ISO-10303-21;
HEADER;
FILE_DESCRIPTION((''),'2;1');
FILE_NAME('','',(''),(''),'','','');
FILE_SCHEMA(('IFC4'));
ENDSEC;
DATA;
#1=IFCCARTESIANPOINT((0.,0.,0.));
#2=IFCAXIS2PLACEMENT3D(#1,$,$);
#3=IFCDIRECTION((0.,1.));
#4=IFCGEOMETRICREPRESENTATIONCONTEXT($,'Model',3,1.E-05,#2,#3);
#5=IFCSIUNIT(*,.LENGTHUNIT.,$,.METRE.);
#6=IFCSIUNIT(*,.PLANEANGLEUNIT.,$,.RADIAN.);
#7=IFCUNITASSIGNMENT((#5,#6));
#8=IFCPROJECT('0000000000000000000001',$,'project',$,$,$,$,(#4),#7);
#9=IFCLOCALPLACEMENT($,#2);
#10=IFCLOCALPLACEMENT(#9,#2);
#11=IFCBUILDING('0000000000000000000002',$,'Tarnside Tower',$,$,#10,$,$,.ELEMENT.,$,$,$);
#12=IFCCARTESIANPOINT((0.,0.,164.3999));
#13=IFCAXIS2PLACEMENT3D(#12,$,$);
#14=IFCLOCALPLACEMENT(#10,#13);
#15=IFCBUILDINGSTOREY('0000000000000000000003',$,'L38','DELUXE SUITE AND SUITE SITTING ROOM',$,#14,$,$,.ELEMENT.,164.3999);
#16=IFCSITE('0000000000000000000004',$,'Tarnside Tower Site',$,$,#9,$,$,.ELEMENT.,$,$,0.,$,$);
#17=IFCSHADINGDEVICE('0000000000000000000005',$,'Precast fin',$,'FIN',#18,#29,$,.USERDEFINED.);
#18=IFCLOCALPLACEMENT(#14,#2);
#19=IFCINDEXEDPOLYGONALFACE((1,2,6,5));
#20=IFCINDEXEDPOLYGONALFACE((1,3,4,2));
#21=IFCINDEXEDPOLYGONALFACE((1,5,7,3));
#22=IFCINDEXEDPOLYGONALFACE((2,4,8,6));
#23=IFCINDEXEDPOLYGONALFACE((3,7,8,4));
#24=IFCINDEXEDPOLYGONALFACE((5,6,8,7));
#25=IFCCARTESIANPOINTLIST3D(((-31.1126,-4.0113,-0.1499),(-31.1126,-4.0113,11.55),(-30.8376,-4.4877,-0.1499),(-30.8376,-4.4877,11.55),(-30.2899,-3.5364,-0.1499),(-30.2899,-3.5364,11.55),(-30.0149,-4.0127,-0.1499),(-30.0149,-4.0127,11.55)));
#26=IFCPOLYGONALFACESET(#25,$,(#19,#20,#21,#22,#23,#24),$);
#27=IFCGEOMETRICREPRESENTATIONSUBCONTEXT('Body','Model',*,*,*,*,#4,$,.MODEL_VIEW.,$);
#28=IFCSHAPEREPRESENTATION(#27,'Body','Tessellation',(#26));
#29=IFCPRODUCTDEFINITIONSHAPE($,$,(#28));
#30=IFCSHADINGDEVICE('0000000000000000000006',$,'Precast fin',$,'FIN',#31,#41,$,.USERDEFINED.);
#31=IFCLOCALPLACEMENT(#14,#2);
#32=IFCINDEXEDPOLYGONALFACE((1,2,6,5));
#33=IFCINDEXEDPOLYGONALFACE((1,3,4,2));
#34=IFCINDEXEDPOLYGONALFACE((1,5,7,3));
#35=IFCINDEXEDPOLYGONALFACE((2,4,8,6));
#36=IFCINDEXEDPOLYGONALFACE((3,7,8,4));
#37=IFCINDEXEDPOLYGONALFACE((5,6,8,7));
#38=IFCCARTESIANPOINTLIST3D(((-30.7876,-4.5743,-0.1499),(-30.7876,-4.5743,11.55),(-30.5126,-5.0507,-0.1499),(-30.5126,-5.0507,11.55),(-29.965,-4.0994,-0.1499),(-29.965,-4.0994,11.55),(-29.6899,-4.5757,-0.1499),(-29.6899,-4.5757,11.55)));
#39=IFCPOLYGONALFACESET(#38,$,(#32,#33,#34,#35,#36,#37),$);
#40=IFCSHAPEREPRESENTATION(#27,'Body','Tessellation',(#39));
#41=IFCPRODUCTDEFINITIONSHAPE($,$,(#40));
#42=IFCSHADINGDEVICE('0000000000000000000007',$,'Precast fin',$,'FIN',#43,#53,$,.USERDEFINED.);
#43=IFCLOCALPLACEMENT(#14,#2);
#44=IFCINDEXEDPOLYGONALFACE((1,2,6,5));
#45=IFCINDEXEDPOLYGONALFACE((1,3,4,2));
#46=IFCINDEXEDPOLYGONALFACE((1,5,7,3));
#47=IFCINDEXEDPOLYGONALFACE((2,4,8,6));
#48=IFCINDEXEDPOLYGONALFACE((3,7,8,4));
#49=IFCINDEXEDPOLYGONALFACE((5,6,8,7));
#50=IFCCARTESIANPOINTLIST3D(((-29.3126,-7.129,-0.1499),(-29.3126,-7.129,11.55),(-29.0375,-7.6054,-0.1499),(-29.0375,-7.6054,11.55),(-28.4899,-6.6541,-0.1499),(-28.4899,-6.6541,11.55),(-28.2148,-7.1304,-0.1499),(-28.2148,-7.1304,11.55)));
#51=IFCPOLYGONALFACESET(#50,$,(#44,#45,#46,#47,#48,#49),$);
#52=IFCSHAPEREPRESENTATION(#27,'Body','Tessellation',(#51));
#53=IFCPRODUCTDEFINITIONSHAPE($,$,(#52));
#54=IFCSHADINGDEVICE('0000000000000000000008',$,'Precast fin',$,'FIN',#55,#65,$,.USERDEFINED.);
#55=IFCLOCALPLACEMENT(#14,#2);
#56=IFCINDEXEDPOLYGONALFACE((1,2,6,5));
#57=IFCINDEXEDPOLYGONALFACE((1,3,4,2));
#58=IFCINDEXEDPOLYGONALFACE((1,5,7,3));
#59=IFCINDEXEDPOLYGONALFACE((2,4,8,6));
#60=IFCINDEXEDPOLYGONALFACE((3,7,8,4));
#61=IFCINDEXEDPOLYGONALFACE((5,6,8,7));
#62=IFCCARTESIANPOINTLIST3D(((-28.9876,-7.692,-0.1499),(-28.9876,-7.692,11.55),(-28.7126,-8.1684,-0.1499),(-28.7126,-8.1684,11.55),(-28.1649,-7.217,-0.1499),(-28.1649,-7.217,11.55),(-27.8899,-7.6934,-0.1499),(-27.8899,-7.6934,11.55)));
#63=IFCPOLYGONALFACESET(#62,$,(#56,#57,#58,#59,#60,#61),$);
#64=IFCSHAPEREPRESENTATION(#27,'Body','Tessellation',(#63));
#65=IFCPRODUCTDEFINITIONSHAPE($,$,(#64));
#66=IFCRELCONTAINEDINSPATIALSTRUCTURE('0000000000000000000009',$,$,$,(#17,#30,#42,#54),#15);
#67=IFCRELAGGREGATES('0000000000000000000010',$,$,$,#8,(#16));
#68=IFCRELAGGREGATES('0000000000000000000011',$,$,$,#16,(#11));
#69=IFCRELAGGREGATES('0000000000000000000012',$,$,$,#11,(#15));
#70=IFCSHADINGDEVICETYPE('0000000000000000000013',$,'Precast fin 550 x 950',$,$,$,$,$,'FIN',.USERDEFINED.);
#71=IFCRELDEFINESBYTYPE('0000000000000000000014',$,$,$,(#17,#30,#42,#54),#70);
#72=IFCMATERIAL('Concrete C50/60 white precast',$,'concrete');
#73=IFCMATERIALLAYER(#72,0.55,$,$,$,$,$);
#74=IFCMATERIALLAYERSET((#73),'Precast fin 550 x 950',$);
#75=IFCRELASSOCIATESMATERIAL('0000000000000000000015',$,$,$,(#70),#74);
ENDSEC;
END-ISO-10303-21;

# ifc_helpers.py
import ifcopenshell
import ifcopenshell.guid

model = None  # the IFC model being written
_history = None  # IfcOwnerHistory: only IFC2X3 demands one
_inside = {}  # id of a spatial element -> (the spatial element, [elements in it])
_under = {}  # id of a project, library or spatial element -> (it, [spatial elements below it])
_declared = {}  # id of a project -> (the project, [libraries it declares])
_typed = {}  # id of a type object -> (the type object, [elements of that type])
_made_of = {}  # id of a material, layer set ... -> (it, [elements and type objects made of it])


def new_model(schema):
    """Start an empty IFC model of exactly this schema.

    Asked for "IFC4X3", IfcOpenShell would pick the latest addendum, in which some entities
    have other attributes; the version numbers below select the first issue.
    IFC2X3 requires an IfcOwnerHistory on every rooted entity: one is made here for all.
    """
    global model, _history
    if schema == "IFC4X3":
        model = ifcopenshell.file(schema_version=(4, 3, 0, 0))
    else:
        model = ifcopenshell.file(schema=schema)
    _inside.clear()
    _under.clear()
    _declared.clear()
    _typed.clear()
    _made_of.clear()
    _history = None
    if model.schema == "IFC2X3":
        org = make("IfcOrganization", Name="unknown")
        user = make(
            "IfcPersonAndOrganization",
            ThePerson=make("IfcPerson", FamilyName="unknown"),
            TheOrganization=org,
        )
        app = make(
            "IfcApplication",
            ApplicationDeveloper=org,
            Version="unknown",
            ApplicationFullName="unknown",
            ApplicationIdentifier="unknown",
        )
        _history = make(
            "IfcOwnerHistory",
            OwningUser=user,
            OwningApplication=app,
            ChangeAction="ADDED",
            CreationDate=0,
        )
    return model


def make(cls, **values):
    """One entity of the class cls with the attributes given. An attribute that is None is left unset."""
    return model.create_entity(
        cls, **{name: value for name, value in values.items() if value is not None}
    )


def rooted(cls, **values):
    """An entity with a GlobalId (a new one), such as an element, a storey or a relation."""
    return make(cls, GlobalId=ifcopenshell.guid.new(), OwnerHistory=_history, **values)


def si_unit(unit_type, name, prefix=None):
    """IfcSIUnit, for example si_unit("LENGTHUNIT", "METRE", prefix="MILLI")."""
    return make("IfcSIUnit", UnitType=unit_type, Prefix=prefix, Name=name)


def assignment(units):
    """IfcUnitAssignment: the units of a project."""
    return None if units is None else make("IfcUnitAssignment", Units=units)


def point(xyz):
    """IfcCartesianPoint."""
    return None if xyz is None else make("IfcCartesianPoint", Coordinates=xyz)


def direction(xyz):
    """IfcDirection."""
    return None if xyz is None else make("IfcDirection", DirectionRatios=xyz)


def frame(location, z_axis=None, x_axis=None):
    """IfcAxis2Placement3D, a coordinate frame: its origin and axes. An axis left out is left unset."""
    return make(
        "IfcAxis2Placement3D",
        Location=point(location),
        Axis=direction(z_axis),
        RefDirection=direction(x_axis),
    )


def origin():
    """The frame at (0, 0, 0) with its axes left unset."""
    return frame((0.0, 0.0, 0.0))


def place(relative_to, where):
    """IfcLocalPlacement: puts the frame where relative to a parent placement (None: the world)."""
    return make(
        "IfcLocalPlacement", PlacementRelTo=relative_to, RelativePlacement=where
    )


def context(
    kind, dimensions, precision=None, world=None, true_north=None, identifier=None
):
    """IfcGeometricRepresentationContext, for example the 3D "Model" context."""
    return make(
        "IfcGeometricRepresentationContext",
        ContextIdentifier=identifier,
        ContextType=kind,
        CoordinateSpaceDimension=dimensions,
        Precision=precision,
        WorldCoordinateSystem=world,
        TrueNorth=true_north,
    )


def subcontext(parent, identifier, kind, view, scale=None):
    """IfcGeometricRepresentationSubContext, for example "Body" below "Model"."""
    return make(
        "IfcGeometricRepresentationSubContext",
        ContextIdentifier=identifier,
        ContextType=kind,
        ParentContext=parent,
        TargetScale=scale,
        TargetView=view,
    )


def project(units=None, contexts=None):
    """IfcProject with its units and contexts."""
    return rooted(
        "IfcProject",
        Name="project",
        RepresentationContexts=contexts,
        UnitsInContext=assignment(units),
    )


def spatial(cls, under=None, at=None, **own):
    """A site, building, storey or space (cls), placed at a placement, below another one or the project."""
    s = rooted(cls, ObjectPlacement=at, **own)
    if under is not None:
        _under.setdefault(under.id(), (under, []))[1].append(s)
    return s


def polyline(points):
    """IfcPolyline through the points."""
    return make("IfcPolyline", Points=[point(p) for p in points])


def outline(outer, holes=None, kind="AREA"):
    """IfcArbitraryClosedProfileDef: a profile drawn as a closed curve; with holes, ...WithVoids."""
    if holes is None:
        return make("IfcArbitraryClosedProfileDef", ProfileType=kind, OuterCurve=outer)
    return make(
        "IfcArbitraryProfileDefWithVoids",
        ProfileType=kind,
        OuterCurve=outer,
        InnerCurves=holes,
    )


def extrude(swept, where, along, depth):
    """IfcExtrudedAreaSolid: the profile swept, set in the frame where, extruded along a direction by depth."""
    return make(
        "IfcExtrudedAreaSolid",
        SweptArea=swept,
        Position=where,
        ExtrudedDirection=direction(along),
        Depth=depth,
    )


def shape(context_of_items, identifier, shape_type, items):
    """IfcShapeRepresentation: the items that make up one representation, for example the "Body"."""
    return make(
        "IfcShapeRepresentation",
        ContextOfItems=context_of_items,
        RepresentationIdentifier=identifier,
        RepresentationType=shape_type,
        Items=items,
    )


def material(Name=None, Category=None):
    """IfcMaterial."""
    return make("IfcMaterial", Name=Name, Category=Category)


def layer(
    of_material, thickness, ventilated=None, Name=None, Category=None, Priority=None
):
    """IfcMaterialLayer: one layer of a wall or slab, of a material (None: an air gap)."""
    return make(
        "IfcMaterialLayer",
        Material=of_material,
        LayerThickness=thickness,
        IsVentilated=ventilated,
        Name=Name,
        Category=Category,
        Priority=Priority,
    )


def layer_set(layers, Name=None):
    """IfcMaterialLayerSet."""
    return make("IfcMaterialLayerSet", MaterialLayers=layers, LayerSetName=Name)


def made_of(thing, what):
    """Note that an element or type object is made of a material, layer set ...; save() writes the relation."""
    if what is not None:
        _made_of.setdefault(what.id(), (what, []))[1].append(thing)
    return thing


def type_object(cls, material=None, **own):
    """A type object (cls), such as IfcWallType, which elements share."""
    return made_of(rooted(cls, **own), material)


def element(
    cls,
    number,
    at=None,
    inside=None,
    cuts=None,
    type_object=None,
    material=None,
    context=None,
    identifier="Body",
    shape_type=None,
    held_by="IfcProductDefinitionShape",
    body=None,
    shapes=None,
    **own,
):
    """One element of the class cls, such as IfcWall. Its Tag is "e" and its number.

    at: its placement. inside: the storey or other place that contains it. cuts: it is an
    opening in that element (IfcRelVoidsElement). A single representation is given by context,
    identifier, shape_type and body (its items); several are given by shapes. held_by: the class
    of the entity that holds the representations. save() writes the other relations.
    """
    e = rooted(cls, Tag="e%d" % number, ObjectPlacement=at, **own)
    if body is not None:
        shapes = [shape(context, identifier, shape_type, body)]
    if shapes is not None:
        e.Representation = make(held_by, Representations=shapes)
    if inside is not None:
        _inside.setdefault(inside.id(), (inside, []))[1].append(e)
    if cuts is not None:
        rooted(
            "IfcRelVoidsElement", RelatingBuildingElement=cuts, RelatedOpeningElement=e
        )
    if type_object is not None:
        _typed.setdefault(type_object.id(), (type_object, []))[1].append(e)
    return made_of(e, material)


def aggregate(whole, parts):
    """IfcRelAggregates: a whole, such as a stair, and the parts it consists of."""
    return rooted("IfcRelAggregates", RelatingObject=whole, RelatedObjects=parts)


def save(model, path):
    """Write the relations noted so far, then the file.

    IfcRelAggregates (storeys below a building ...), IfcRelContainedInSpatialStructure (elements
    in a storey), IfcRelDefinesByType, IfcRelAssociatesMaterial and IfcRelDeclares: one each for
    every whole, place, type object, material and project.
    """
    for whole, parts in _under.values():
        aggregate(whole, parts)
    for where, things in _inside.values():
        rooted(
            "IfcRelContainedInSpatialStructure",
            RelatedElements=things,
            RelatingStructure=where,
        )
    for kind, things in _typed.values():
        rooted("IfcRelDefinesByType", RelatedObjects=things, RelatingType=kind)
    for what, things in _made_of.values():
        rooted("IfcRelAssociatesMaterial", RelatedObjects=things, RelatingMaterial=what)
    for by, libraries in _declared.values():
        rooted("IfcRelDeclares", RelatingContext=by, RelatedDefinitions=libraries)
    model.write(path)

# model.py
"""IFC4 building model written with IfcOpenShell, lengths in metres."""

from ifc_helpers import new_model, si_unit, direction, frame, origin, place, context, subcontext, project, spatial, polyline, outline, extrude, material, layer, layer_set, type_object, element, save


model = new_model("IFC4")

# Units and contexts
model_context = context("Model", 3, precision=1e-05, world=origin(), true_north=direction((0.0, 1.0)))
body_context = subcontext(model_context, "Body", "Model", "MODEL_VIEW")
ifc_project = project(units=[si_unit("LENGTHUNIT", "METRE"), si_unit("PLANEANGLEUNIT", "RADIAN")], contexts=[model_context])

# Site, building, storey
site_placement = place(None, origin())
site = spatial("IfcSite", under=ifc_project, at=site_placement, Name="Tarnside Tower Site", CompositionType="ELEMENT", RefElevation=0.0)
building_placement = place(site_placement, origin())
building = spatial("IfcBuilding", under=site, at=building_placement, Name="Tarnside Tower", CompositionType="ELEMENT")
storey_placement = place(building_placement, frame((0.0, 0.0, 164.3999)))
storey = spatial("IfcBuildingStorey", under=building, at=storey_placement, Name="L38", Description="DELUXE SUITE AND SUITE SITTING ROOM", CompositionType="ELEMENT", Elevation=164.3999)

# Shading devices
ifc_material_1 = material(Name="Concrete C50/60 white precast", Category="concrete")
ifc_layer_1 = layer(ifc_material_1, 0.55)
ifc_layer_set_1 = layer_set([ifc_layer_1], Name="Precast fin 550 x 950")
shading_device_type_1 = type_object("IfcShadingDeviceType", Name="Precast fin 550 x 950", ElementType="FIN", PredefinedType="USERDEFINED", material=ifc_layer_set_1)
for number, where, z_axis, x_axis, name in (
    (1, (-30.1523, -3.7747, -0.1499), (-0.5, 0.866025, 0.0), (-0.866025, -0.5, 0.0), "Precast fin"),
    (2, (-29.8274, -4.3376, -0.1499), (-0.5, 0.866025, 0.0), (-0.866025, -0.5, 0.0), "Precast fin"),
    (3, (-28.3523, -6.8923, -0.1499), (-0.5, 0.866025, 0.0), (-0.866025, -0.5, 0.0), "Precast fin"),
    (4, (-28.0273, -7.4553, -0.1499), (-0.5, 0.866025, 0.0), (-0.866025, -0.5, 0.0), "Precast fin"),
):
    element("IfcShadingDevice", number, at=place(storey_placement, frame(where, z_axis=z_axis, x_axis=x_axis)), inside=storey, type_object=shading_device_type_1, Name=name, ObjectType="FIN", PredefinedType="USERDEFINED", context=body_context, shape_type="SweptSolid", body=[
        extrude(outline(polyline([(0.0, 0.0), (0.95, 0.0), (0.95, 11.7), (0.0, 11.7), (0.0, 0.0)])), frame((0.0, 0.0, -0.2749)), (0.0, 0.0, 1.0), 0.55),
    ])

save(model, "model.ifc")
